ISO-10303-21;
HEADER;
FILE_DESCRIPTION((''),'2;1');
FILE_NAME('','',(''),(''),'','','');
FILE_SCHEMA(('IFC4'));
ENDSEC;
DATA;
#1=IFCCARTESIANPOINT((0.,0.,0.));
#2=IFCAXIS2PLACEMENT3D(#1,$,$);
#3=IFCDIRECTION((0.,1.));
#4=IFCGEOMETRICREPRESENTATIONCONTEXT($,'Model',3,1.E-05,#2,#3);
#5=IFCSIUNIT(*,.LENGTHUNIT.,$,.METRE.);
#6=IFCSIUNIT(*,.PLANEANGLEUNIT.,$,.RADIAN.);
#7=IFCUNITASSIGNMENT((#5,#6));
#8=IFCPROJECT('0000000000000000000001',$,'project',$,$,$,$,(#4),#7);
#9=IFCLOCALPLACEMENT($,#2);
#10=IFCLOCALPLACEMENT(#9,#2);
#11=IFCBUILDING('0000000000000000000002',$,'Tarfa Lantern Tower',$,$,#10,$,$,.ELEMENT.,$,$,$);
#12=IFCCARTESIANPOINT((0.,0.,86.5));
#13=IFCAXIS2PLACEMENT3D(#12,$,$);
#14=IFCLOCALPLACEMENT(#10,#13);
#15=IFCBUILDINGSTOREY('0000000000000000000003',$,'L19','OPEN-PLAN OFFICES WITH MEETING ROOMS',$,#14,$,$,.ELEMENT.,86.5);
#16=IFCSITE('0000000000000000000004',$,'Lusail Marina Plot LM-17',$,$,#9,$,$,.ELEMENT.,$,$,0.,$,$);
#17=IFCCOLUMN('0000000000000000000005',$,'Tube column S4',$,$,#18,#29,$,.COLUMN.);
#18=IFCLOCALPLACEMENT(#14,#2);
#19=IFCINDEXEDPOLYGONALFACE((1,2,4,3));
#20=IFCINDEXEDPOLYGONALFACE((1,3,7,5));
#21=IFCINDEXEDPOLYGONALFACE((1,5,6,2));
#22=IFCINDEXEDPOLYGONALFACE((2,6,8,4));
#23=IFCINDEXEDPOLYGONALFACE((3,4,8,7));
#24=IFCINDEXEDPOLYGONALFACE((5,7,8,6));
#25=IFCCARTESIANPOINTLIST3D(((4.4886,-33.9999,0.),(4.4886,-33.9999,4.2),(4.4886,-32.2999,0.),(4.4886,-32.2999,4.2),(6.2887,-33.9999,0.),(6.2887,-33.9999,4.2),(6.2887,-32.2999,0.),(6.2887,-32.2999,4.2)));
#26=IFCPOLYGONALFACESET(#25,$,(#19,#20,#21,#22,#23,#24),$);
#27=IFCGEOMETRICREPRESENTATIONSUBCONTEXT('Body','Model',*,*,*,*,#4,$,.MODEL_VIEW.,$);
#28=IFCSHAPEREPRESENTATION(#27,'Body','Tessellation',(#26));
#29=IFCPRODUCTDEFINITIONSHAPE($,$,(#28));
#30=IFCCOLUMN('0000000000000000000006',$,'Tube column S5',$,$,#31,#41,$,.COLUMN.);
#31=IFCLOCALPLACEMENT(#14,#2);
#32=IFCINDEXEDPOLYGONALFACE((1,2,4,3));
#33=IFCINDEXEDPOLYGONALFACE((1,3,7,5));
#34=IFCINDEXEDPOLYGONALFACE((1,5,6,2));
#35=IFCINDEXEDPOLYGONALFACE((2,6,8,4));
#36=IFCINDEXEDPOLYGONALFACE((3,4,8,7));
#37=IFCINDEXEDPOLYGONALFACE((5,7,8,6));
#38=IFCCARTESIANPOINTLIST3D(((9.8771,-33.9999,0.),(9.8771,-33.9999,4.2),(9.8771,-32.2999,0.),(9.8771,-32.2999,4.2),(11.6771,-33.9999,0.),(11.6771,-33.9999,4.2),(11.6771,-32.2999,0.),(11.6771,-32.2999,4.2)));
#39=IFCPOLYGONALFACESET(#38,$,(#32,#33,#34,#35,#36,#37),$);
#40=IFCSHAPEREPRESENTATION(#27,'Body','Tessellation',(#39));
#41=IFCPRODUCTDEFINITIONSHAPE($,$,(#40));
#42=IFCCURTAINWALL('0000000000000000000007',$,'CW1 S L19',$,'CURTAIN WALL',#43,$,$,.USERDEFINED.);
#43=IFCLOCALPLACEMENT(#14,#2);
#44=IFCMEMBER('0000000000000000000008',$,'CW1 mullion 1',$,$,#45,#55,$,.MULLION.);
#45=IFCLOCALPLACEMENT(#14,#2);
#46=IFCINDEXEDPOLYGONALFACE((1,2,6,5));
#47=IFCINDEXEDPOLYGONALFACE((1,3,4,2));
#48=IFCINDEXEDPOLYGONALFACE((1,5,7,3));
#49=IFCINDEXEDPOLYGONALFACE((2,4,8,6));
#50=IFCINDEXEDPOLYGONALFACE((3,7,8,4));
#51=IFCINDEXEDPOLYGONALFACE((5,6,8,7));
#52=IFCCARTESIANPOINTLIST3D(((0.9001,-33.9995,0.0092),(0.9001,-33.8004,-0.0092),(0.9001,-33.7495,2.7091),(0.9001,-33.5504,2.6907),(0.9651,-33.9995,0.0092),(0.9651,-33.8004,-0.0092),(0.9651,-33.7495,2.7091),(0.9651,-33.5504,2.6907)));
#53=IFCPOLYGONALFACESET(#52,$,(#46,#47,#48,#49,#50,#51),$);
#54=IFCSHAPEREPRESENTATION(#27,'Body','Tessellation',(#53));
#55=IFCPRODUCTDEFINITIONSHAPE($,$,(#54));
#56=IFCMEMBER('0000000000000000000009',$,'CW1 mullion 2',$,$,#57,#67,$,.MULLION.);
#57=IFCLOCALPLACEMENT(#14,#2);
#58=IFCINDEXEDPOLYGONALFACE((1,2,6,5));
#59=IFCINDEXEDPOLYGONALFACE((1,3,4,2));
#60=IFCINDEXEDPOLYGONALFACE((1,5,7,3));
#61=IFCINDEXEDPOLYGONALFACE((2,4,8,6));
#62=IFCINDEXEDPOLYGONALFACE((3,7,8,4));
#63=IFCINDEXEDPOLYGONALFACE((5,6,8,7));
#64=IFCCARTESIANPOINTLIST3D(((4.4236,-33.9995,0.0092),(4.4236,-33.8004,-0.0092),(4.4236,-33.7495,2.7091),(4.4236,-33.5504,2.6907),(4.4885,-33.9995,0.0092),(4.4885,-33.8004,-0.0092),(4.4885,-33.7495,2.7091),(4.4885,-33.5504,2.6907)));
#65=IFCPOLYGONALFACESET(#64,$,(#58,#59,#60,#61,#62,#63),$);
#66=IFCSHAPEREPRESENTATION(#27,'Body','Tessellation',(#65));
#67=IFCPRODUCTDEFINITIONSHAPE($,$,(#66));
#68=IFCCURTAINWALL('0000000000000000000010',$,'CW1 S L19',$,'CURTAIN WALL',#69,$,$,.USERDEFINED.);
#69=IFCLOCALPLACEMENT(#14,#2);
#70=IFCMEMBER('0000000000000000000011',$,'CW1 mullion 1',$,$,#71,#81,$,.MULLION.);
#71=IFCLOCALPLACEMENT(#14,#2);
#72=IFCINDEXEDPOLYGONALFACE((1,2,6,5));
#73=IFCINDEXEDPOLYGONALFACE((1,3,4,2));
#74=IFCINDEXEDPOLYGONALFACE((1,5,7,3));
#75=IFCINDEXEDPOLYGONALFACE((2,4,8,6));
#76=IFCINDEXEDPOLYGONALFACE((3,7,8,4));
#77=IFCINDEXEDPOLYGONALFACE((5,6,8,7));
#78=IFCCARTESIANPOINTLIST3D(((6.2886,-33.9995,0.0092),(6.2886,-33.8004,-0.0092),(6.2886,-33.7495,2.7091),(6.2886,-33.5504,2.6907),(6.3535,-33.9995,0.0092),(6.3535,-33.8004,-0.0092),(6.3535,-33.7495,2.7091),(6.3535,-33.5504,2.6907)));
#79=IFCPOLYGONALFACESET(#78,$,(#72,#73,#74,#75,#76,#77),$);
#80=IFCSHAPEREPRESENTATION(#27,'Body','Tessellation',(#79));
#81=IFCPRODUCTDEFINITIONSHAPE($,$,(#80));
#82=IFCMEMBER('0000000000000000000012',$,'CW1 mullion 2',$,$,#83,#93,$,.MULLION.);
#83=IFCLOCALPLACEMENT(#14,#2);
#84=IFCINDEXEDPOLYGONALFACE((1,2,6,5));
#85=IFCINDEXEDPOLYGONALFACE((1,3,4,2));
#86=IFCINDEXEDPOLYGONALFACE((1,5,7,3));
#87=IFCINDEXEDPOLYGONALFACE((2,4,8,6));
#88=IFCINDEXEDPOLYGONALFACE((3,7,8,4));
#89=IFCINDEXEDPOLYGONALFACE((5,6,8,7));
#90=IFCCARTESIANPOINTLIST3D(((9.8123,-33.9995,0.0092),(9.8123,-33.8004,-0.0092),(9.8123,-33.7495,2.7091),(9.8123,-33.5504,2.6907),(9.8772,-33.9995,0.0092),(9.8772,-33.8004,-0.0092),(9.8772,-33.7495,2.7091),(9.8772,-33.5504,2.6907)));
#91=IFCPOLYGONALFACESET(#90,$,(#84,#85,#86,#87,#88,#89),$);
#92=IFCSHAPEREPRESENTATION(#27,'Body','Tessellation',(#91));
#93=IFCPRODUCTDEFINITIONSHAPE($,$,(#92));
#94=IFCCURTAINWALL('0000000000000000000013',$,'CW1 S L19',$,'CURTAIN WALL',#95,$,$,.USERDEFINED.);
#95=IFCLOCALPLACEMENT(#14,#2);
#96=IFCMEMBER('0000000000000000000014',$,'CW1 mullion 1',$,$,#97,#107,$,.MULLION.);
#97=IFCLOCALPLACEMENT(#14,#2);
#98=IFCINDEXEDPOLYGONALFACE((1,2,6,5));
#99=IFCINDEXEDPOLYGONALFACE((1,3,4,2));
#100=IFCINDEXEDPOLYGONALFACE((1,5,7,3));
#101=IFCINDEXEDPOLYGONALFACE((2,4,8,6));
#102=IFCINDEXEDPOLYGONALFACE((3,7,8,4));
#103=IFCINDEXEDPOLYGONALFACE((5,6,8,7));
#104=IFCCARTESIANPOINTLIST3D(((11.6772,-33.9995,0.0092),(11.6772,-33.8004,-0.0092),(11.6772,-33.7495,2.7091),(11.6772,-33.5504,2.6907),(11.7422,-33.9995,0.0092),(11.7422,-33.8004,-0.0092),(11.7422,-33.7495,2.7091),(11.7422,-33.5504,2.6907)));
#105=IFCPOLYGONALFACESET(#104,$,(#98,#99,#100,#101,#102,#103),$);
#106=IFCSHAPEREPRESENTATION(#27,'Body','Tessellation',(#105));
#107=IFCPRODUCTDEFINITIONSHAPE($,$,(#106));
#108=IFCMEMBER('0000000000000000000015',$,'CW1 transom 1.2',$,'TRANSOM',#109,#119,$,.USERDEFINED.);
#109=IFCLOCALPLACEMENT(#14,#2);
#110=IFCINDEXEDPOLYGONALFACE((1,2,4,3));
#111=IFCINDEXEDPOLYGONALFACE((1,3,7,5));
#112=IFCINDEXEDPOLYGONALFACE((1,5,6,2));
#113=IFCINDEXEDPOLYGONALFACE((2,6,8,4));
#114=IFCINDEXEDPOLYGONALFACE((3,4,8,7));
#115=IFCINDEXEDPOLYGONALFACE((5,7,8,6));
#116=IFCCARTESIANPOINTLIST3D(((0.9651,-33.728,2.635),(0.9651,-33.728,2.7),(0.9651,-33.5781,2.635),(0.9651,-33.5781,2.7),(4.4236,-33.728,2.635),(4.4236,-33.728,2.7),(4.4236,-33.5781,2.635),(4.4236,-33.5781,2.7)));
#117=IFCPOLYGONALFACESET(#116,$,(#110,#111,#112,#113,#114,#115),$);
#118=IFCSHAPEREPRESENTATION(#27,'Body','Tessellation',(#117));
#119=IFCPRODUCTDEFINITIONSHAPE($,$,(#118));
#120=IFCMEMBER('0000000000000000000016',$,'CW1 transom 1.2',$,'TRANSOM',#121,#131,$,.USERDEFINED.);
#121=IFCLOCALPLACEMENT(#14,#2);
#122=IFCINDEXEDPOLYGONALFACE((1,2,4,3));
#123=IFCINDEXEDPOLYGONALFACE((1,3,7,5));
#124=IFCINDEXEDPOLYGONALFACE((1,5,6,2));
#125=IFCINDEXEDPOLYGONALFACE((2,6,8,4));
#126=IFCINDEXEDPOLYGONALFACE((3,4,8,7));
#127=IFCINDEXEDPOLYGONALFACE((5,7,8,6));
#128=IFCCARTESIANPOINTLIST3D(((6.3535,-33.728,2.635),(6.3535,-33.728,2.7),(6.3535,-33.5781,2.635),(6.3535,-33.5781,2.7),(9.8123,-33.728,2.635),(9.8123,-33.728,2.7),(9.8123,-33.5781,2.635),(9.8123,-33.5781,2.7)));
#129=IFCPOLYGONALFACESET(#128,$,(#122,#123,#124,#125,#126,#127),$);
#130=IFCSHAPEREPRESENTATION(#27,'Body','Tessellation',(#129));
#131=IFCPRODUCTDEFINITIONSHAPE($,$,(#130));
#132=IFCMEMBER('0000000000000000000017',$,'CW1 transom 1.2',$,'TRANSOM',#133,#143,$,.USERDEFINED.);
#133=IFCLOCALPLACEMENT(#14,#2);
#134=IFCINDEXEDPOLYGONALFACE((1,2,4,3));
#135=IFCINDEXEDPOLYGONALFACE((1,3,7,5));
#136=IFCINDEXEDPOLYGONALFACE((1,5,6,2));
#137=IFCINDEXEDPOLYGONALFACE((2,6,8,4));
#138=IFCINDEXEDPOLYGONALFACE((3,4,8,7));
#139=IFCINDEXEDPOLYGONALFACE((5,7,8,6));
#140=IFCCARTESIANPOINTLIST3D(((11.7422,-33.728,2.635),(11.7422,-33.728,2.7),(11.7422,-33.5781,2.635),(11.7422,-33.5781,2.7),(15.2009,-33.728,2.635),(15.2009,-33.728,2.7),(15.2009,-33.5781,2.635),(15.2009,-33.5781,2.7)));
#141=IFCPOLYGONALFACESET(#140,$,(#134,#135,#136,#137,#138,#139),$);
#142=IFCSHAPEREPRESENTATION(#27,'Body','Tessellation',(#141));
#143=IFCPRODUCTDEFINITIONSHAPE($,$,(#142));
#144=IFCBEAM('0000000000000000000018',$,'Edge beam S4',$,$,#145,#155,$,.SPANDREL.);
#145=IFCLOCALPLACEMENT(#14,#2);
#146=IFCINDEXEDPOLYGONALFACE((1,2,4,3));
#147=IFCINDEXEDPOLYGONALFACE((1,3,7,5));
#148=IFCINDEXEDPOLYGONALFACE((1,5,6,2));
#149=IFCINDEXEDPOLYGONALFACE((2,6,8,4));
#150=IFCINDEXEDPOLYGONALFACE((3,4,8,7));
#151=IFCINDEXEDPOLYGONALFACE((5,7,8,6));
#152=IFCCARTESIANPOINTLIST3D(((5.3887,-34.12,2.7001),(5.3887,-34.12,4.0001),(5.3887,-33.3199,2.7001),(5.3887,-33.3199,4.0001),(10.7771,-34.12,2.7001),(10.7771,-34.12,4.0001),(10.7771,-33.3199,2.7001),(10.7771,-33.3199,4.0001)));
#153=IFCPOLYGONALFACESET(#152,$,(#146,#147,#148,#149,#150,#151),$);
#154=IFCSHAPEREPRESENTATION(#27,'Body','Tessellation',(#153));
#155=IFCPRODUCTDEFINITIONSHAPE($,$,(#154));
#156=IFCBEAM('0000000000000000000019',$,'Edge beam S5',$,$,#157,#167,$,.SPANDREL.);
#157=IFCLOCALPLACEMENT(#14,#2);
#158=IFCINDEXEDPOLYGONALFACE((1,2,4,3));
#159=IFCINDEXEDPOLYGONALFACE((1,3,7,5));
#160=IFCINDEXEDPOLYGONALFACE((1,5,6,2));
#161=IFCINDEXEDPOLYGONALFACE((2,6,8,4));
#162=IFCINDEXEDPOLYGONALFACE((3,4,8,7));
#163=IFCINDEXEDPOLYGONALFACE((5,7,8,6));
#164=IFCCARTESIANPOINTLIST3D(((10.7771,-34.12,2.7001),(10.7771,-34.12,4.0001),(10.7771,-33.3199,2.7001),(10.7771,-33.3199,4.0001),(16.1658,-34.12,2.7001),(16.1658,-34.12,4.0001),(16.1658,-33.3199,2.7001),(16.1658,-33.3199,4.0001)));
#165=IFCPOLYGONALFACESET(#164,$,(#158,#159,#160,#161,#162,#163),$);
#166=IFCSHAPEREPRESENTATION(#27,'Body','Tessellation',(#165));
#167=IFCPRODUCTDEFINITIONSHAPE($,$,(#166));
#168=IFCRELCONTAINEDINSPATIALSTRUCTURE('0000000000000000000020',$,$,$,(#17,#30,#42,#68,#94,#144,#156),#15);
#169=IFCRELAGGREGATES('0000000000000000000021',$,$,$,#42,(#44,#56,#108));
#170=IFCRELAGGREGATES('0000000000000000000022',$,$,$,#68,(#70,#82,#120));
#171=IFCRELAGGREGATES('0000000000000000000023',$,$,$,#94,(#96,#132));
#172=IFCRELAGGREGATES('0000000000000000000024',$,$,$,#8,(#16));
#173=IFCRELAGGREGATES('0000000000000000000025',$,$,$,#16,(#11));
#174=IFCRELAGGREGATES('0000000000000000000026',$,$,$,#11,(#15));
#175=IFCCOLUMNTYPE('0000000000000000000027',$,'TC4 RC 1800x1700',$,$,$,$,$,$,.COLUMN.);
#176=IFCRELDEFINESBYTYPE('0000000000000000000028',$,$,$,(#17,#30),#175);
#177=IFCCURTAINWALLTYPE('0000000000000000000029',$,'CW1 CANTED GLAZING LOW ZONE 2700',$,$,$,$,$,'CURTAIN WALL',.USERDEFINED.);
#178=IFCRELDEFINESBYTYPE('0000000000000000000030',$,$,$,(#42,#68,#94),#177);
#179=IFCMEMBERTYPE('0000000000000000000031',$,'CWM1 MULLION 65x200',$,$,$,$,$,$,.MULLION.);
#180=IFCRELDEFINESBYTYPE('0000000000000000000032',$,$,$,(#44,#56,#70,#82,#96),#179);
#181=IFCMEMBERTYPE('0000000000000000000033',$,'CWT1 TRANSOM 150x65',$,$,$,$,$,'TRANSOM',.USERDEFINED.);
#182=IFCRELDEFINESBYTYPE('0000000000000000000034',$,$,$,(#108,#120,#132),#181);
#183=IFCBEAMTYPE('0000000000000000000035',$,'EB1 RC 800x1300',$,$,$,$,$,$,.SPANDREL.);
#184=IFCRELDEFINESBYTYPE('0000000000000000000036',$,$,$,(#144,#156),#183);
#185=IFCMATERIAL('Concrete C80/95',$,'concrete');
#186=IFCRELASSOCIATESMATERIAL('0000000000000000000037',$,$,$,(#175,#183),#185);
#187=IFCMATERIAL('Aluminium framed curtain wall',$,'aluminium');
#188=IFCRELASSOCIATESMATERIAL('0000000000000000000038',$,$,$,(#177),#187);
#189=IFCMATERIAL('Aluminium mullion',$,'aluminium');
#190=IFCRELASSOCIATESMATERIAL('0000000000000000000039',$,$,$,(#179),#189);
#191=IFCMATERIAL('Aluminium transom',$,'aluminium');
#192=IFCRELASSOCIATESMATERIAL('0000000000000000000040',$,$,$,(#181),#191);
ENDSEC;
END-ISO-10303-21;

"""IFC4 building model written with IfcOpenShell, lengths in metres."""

from ifc_helpers import new_model, si_unit, direction, frame, origin, origin_2d, place, context, subcontext, project, spatial, rectangle, extrude, material, material_profile, profile_set, type_object, element, aggregate, save


model = new_model("IFC4")

# Units and contexts
model_context = context("Model", 3, precision=1e-05, world=origin(), true_north=direction((0.0, 1.0)))
body_context = subcontext(model_context, "Body", "Model", "MODEL_VIEW")
ifc_project = project(units=[si_unit("LENGTHUNIT", "METRE"), si_unit("PLANEANGLEUNIT", "RADIAN")], contexts=[model_context])

# Site, building, storey
site_placement = place(None, origin())
site = spatial("IfcSite", under=ifc_project, at=site_placement, Name="Lusail Marina Plot LM-17", CompositionType="ELEMENT", RefElevation=0.0)
building_placement = place(site_placement, origin())
building = spatial("IfcBuilding", under=site, at=building_placement, Name="Tarfa Lantern Tower", CompositionType="ELEMENT")
storey_placement = place(building_placement, frame((0.0, 0.0, 86.5)))
storey = spatial("IfcBuildingStorey", under=building, at=storey_placement, Name="L19", Description="OPEN-PLAN OFFICES WITH MEETING ROOMS", CompositionType="ELEMENT", Elevation=86.5)

# Columns
ifc_material_1 = material(Name="Concrete C80/95", Category="concrete")
ifc_material_profile_1 = material_profile(ifc_material_1, rectangle(XDim=1.8, YDim=1.7, at=origin_2d()), Name="RC 1800x1700")
ifc_profile_set_1 = profile_set([ifc_material_profile_1], Name="Concrete C80/95")
column_type = type_object("IfcColumnType", Name="TC4 RC 1800x1700", PredefinedType="COLUMN", material=ifc_profile_set_1)
for number, where, z_axis, x_axis, name in (
    (1, (5.3887, -33.1499, 0.0), (0.0, 0.0, 1.0), (1.0, 0.0, 0.0), "Tube column S4"),
    (2, (10.7771, -33.1499, 0.0), (0.0, 0.0, 1.0), (1.0, 0.0, 0.0), "Tube column S5"),
):
    element("IfcColumn", number, at=place(storey_placement, frame(where, z_axis=z_axis, x_axis=x_axis)), inside=storey, type_object=column_type, Name=name, PredefinedType="COLUMN", context=body_context, shape_type="SweptSolid", body=[
        extrude(rectangle(XDim=1.8, YDim=1.7, at=origin_2d()), origin(), (0.0, 0.0, 1.0), 4.2),
    ])

# Curtain walls, members
ifc_material_2 = material(Name="Aluminium framed curtain wall", Category="aluminium")
curtain_wall_type = type_object("IfcCurtainWallType", Name="CW1 CANTED GLAZING LOW ZONE 2700", ElementType="CURTAIN WALL", PredefinedType="USERDEFINED", material=ifc_material_2)
curtain_wall_1_placement = place(storey_placement, origin())
curtain_wall_1 = element("IfcCurtainWall", 3, at=curtain_wall_1_placement, inside=storey, type_object=curtain_wall_type, Name="CW1 S L19", ObjectType="CURTAIN WALL", PredefinedType="USERDEFINED")
ifc_material_3 = material(Name="Aluminium mullion", Category="aluminium")
ifc_material_profile_2 = material_profile(ifc_material_3, rectangle(XDim=0.0649, YDim=0.2, at=origin_2d()), Name="AL MULLION 65x200")
ifc_profile_set_2 = profile_set([ifc_material_profile_2], Name="Aluminium mullion")
member_type_1 = type_object("IfcMemberType", Name="CWM1 MULLION 65x200", PredefinedType="MULLION", material=ifc_profile_set_2)
member_1_placement = place(storey_placement, frame((0.9326, -33.8999, 0.0), z_axis=(0.0, 0.0922, 0.995741), x_axis=(-1.0, 0.0, 0.0)))
member_1 = element("IfcMember", 4, at=member_1_placement, type_object=member_type_1, Name="CW1 mullion 1", PredefinedType="MULLION", context=body_context, shape_type="SweptSolid", body=[
    extrude(rectangle(XDim=0.0649, YDim=0.2, at=origin_2d()), origin(), (0.0, 0.0, 1.0), 2.7114),
])
member_2_placement = place(storey_placement, frame((4.4561, -33.8999, 0.0), z_axis=(0.0, 0.0922, 0.995741), x_axis=(-1.0, 0.0, 0.0)))
member_2 = element("IfcMember", 5, at=member_2_placement, type_object=member_type_1, Name="CW1 mullion 2", PredefinedType="MULLION", context=body_context, shape_type="SweptSolid", body=[
    extrude(rectangle(XDim=0.0649, YDim=0.2, at=origin_2d()), origin(), (0.0, 0.0, 1.0), 2.7114),
])
curtain_wall_2_placement = place(storey_placement, origin())
curtain_wall_2 = element("IfcCurtainWall", 6, at=curtain_wall_2_placement, inside=storey, type_object=curtain_wall_type, Name="CW1 S L19", ObjectType="CURTAIN WALL", PredefinedType="USERDEFINED")
member_3_placement = place(storey_placement, frame((6.321, -33.8999, 0.0), z_axis=(0.0, 0.0922, 0.995741), x_axis=(-1.0, 0.0, 0.0)))
member_3 = element("IfcMember", 7, at=member_3_placement, type_object=member_type_1, Name="CW1 mullion 1", PredefinedType="MULLION", context=body_context, shape_type="SweptSolid", body=[
    extrude(rectangle(XDim=0.0649, YDim=0.2, at=origin_2d()), origin(), (0.0, 0.0, 1.0), 2.7114),
])
member_4_placement = place(storey_placement, frame((9.8447, -33.8999, 0.0), z_axis=(0.0, 0.0922, 0.995741), x_axis=(-1.0, 0.0, 0.0)))
member_4 = element("IfcMember", 8, at=member_4_placement, type_object=member_type_1, Name="CW1 mullion 2", PredefinedType="MULLION", context=body_context, shape_type="SweptSolid", body=[
    extrude(rectangle(XDim=0.0649, YDim=0.2, at=origin_2d()), origin(), (0.0, 0.0, 1.0), 2.7114),
])

# Curtain wall, member
curtain_wall_3_placement = place(storey_placement, origin())
curtain_wall_3 = element("IfcCurtainWall", 9, at=curtain_wall_3_placement, inside=storey, type_object=curtain_wall_type, Name="CW1 S L19", ObjectType="CURTAIN WALL", PredefinedType="USERDEFINED")
member_5_placement = place(storey_placement, frame((11.7097, -33.8999, 0.0), z_axis=(0.0, 0.0922, 0.995741), x_axis=(-1.0, 0.0, 0.0)))
member_5 = element("IfcMember", 10, at=member_5_placement, type_object=member_type_1, Name="CW1 mullion 1", PredefinedType="MULLION", context=body_context, shape_type="SweptSolid", body=[
    extrude(rectangle(XDim=0.0649, YDim=0.2, at=origin_2d()), origin(), (0.0, 0.0, 1.0), 2.7114),
])

# Members
ifc_material_4 = material(Name="Aluminium transom", Category="aluminium")
ifc_material_profile_3 = material_profile(ifc_material_4, rectangle(XDim=0.1499, YDim=0.0649, at=origin_2d()), Name="AL TRANSOM 150x65")
ifc_profile_set_3 = profile_set([ifc_material_profile_3], Name="Aluminium transom")
member_type_2 = type_object("IfcMemberType", Name="CWT1 TRANSOM 150x65", ElementType="TRANSOM", PredefinedType="USERDEFINED", material=ifc_profile_set_3)
member_6_placement = place(storey_placement, frame((0.9651, -33.6531, 2.6675), z_axis=(1.0, 0.0, 0.0), x_axis=(0.0, 1.0, 0.0)))
member_6 = element("IfcMember", 11, at=member_6_placement, type_object=member_type_2, Name="CW1 transom 1.2", ObjectType="TRANSOM", PredefinedType="USERDEFINED", context=body_context, shape_type="SweptSolid", body=[
    extrude(rectangle(XDim=0.1499, YDim=0.0649, at=origin_2d()), origin(), (0.0, 0.0, 1.0), 3.4585),
])
member_7_placement = place(storey_placement, frame((6.3535, -33.6531, 2.6675), z_axis=(1.0, 0.0, 0.0), x_axis=(0.0, 1.0, 0.0)))
member_7 = element("IfcMember", 12, at=member_7_placement, type_object=member_type_2, Name="CW1 transom 1.2", ObjectType="TRANSOM", PredefinedType="USERDEFINED", context=body_context, shape_type="SweptSolid", body=[
    extrude(rectangle(XDim=0.1499, YDim=0.0649, at=origin_2d()), origin(), (0.0, 0.0, 1.0), 3.4587),
])
member_8_placement = place(storey_placement, frame((11.7422, -33.6531, 2.6675), z_axis=(1.0, 0.0, 0.0), x_axis=(0.0, 1.0, 0.0)))
member_8 = element("IfcMember", 13, at=member_8_placement, type_object=member_type_2, Name="CW1 transom 1.2", ObjectType="TRANSOM", PredefinedType="USERDEFINED", context=body_context, shape_type="SweptSolid", body=[
    extrude(rectangle(XDim=0.1499, YDim=0.0649, at=origin_2d()), origin(), (0.0, 0.0, 1.0), 3.4587),
])

# Beams
ifc_material_profile_4 = material_profile(ifc_material_1, rectangle(XDim=0.8, YDim=1.3, at=origin_2d()), Name="RC 800x1300")
ifc_profile_set_4 = profile_set([ifc_material_profile_4], Name="Concrete C80/95")
beam_type_1 = type_object("IfcBeamType", Name="EB1 RC 800x1300", PredefinedType="SPANDREL", material=ifc_profile_set_4)
beam_1_placement = place(storey_placement, frame((5.3887, -33.72, 3.3501), z_axis=(1.0, 0.0, 0.0), x_axis=(0.0, 1.0, 0.0)))
element("IfcBeam", 14, at=beam_1_placement, inside=storey, type_object=beam_type_1, Name="Edge beam S4", PredefinedType="SPANDREL", context=body_context, shape_type="SweptSolid", body=[
    extrude(rectangle(XDim=0.8, YDim=1.3, at=origin_2d()), origin(), (0.0, 0.0, 1.0), 5.3884),
])
beam_2_placement = place(storey_placement, frame((10.7771, -33.72, 3.3501), z_axis=(1.0, 0.0, 0.0), x_axis=(0.0, 1.0, 0.0)))
element("IfcBeam", 15, at=beam_2_placement, inside=storey, type_object=beam_type_1, Name="Edge beam S5", PredefinedType="SPANDREL", context=body_context, shape_type="SweptSolid", body=[
    extrude(rectangle(XDim=0.8, YDim=1.3, at=origin_2d()), origin(), (0.0, 0.0, 1.0), 5.3887),
])

aggregate(curtain_wall_1, [member_1, member_2, member_6])
aggregate(curtain_wall_2, [member_3, member_4, member_7])
aggregate(curtain_wall_3, [member_5, member_8])

save(model, "model.ifc")
